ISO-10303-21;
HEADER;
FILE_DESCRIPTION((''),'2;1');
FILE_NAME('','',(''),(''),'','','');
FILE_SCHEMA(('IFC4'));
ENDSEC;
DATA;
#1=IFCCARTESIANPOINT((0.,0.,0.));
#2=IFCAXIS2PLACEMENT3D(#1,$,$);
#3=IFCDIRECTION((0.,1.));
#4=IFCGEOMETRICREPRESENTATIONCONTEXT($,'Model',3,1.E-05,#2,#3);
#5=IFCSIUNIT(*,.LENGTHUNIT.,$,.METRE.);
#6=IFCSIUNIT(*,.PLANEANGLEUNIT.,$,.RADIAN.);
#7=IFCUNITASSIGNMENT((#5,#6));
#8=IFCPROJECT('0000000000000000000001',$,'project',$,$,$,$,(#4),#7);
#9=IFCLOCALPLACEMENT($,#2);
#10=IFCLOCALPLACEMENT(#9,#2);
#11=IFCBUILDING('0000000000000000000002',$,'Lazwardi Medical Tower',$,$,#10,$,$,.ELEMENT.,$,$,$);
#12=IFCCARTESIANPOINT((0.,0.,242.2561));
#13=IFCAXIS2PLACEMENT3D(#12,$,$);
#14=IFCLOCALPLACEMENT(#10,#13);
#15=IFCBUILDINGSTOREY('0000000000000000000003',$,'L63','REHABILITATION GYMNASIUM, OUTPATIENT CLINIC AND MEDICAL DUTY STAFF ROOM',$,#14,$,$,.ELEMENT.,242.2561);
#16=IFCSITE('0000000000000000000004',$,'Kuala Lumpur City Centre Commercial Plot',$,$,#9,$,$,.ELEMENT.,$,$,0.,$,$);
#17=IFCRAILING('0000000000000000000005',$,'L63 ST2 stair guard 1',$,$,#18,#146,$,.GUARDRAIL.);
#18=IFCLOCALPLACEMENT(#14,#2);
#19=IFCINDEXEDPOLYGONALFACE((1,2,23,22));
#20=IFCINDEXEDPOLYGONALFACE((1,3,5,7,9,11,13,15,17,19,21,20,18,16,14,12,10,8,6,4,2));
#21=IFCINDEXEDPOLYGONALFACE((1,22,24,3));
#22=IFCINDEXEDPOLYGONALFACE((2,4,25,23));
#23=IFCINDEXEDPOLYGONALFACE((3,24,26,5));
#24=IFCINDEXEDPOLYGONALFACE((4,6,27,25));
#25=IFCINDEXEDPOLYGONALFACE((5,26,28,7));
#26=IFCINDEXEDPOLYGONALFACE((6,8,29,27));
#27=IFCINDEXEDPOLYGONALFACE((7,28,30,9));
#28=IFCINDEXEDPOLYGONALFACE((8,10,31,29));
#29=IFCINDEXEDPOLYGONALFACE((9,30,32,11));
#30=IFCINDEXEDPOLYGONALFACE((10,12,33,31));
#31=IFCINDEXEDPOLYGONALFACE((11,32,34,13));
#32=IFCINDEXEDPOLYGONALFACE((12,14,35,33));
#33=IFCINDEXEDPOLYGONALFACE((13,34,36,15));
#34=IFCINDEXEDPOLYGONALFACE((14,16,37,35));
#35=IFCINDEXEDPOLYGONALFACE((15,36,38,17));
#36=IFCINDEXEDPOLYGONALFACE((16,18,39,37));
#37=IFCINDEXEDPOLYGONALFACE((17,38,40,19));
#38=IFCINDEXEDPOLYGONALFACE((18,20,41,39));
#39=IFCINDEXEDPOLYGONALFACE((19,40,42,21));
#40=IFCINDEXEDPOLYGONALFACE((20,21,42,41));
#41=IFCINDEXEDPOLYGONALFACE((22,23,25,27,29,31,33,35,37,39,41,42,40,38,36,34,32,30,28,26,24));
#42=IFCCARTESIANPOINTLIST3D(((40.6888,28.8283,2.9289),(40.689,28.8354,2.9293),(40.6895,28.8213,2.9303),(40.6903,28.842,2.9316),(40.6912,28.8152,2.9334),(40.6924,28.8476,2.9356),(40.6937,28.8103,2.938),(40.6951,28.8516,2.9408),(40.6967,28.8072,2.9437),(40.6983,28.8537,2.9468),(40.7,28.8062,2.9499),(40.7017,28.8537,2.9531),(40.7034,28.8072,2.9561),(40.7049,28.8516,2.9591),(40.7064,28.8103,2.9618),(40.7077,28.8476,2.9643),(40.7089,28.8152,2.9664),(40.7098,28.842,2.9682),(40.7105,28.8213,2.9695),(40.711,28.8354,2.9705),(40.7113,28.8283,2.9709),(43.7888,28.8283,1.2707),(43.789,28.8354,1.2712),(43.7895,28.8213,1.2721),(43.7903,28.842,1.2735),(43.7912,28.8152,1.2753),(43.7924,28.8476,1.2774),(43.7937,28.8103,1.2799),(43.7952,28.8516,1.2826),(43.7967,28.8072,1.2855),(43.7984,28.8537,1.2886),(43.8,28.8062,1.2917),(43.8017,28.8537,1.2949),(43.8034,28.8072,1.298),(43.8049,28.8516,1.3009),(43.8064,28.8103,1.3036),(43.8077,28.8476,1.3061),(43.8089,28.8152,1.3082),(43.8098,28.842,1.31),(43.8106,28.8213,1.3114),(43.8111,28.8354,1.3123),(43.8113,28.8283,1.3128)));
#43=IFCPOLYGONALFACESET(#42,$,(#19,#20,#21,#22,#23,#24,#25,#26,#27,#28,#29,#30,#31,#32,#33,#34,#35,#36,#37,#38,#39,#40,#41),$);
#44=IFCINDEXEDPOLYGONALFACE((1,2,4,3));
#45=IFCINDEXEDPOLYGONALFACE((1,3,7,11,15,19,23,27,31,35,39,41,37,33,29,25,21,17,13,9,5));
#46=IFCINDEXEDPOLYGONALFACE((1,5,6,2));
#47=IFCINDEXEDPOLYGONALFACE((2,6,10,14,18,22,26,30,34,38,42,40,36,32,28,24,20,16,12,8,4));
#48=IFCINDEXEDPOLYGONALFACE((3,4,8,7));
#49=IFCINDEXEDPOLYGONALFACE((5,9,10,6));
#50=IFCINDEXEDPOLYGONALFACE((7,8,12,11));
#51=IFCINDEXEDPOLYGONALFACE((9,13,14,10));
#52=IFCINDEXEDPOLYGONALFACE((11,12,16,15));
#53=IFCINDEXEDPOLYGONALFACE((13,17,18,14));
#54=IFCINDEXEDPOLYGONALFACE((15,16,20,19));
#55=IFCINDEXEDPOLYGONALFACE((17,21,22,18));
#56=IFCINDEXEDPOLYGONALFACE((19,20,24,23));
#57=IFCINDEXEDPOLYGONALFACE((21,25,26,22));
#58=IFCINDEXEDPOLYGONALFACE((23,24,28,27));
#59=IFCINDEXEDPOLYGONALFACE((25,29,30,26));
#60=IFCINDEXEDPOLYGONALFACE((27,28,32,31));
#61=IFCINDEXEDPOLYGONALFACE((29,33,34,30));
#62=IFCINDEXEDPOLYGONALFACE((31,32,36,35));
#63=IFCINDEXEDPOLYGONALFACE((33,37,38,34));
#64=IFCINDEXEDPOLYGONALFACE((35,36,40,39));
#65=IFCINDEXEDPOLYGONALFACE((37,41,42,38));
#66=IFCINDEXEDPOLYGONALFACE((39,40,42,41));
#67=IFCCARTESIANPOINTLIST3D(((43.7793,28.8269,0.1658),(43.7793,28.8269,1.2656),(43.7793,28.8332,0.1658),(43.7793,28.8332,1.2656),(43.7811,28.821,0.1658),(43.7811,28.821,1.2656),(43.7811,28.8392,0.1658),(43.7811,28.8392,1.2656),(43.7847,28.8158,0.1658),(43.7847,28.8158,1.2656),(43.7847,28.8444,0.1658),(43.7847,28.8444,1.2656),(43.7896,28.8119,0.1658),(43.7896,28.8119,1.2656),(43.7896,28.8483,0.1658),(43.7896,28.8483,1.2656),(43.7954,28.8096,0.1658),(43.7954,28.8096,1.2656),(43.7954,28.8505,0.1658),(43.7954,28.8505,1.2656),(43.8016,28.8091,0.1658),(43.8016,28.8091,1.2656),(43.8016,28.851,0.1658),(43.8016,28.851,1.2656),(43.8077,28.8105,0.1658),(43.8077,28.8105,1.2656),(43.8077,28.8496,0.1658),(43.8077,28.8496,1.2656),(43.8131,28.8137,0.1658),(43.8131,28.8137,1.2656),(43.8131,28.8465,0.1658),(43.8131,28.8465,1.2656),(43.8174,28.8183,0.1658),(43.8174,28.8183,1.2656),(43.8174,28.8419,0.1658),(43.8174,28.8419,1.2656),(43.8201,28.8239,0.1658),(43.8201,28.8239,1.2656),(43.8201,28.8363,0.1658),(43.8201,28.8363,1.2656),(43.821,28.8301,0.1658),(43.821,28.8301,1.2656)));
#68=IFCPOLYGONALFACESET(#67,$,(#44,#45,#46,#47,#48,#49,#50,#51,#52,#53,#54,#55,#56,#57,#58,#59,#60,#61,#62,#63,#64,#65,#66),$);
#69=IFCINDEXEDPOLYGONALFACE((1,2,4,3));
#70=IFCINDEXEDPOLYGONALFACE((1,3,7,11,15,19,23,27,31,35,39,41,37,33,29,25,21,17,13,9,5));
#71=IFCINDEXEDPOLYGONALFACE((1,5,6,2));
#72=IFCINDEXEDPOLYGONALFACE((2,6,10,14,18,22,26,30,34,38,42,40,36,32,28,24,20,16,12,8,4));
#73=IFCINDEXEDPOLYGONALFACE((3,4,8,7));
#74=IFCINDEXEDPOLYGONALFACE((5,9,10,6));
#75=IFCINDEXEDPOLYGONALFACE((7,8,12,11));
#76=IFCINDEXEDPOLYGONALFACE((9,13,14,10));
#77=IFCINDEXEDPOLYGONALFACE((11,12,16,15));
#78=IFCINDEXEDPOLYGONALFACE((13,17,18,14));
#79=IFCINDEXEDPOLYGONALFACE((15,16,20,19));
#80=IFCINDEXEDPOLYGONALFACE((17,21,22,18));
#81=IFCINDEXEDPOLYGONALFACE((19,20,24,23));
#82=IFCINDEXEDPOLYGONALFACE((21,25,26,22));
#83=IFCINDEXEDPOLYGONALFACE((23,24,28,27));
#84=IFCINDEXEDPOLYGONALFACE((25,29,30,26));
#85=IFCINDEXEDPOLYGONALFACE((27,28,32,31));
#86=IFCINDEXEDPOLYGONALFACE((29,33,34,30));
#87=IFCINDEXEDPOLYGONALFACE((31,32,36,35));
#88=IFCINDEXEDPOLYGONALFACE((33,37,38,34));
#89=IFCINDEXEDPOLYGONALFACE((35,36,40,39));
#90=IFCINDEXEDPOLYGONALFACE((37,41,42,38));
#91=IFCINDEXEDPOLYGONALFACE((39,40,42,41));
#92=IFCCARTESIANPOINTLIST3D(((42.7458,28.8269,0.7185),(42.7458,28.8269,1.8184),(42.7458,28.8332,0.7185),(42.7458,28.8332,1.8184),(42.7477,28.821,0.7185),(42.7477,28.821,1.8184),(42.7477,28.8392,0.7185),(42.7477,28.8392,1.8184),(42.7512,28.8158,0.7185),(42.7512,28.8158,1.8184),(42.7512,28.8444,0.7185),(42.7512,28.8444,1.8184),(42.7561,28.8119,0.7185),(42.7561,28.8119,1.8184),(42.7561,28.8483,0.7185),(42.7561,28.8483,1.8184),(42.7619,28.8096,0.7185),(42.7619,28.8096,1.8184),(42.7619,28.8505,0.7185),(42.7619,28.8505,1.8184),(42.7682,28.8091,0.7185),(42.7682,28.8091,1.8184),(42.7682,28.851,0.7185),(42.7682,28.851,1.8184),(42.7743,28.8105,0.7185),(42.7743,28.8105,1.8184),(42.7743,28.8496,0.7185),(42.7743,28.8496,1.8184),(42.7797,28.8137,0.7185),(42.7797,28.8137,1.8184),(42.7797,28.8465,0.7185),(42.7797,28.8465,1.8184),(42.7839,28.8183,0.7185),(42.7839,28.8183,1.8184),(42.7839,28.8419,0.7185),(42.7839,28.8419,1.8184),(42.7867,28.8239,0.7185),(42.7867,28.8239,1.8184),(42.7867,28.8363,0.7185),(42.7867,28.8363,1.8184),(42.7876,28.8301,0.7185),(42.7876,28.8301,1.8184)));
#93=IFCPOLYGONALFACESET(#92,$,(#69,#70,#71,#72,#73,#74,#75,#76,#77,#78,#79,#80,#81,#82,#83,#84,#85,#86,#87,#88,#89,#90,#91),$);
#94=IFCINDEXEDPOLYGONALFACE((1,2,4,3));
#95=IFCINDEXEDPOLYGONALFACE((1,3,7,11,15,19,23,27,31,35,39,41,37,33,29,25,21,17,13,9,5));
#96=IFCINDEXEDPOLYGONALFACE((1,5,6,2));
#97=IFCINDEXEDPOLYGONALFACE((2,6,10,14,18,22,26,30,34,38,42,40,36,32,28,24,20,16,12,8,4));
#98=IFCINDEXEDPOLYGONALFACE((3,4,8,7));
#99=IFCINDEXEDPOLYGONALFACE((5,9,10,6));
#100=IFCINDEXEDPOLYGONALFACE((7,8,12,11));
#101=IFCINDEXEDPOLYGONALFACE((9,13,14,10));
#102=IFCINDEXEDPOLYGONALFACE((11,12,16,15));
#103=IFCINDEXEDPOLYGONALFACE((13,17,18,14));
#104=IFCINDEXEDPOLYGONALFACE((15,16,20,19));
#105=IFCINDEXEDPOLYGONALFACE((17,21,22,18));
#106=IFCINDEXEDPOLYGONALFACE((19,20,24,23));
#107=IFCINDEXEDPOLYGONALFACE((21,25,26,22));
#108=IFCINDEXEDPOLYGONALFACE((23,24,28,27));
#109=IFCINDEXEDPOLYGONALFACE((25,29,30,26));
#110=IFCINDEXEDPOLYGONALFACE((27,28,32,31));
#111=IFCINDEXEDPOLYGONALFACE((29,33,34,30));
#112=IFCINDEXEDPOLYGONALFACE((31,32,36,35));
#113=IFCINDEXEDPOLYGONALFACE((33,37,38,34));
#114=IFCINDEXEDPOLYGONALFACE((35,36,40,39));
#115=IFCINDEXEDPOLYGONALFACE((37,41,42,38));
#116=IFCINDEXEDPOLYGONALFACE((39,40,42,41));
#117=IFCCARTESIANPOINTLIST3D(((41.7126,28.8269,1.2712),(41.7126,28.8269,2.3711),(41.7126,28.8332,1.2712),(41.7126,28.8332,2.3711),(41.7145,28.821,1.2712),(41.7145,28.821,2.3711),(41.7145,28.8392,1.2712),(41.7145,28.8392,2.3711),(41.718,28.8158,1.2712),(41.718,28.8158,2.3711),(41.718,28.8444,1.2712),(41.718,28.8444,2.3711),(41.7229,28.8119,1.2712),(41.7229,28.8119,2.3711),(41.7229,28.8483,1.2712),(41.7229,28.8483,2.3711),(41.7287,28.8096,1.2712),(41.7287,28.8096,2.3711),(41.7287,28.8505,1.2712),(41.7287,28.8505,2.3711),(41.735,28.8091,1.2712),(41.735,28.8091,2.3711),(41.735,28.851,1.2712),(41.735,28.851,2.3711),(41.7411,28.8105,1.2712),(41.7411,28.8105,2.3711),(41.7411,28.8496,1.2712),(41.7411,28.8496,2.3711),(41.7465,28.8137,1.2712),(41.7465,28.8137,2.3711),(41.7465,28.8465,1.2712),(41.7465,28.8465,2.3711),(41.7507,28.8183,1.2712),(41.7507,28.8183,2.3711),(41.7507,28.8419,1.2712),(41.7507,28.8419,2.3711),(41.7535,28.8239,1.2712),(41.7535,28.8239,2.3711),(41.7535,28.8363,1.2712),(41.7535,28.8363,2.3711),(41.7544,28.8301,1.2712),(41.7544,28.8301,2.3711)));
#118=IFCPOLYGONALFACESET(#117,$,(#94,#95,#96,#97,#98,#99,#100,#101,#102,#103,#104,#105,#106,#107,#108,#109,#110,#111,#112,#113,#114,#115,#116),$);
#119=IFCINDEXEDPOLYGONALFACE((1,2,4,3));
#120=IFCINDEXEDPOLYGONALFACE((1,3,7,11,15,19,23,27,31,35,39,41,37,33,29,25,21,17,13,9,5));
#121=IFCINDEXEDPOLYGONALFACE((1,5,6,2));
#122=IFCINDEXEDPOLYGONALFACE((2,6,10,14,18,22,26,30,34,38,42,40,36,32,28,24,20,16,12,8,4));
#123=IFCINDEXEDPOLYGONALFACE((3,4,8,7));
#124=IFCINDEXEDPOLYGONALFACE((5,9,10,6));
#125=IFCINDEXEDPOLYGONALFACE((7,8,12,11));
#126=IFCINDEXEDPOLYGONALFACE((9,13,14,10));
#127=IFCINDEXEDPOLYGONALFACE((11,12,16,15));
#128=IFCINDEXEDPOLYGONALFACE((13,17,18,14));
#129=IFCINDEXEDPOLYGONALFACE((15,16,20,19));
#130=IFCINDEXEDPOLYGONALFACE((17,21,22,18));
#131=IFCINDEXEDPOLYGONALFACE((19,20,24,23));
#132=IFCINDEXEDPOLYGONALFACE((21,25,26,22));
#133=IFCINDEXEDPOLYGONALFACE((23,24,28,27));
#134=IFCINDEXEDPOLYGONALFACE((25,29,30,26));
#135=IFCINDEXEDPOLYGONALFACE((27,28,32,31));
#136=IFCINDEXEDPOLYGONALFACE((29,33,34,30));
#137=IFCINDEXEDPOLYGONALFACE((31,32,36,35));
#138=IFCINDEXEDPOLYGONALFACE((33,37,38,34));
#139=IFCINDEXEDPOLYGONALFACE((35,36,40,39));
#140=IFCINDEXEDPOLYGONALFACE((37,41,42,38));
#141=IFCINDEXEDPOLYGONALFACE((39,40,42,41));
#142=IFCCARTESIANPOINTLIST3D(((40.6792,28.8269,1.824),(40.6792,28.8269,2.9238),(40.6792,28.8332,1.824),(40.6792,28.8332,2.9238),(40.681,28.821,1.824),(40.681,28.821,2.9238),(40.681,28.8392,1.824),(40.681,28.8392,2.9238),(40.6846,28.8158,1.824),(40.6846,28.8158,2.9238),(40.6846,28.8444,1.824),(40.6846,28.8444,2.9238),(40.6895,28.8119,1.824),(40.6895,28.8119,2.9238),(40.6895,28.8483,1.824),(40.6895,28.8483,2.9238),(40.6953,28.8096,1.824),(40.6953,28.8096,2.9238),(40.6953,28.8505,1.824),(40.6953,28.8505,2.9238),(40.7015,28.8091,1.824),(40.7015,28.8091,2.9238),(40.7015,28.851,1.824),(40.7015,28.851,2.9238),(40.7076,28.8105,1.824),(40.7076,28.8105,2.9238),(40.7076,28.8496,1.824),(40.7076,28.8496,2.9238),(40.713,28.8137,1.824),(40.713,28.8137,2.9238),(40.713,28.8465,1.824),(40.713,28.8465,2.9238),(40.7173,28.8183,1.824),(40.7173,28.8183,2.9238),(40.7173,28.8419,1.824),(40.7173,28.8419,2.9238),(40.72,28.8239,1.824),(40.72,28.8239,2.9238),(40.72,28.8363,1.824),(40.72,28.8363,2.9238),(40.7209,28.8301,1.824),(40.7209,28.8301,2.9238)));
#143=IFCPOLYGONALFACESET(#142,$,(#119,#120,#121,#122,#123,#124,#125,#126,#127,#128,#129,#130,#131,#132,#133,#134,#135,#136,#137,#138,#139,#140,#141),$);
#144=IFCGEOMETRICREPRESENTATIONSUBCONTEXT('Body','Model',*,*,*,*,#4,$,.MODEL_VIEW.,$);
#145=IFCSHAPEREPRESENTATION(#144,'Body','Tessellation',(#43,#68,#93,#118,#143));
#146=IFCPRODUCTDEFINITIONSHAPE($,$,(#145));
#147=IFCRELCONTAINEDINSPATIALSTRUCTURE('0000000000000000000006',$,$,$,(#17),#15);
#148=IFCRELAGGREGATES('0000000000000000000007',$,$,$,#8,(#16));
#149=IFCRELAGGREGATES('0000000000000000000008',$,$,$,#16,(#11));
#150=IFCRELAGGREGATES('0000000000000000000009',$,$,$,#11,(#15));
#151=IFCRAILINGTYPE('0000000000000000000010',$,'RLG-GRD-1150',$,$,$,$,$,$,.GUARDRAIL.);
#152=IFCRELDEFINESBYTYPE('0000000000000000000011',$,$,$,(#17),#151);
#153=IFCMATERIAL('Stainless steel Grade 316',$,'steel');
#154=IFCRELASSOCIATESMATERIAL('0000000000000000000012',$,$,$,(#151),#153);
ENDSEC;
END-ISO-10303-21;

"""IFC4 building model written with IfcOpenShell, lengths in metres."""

from ifc_helpers import new_model, si_unit, direction, frame, origin, origin_2d, place, context, subcontext, project, spatial, circle, extrude, material, type_object, element, save


model = new_model("IFC4")

# Units and contexts
model_context = context("Model", 3, precision=1e-05, world=origin(), true_north=direction((0.0, 1.0)))
body_context = subcontext(model_context, "Body", "Model", "MODEL_VIEW")
ifc_project = project(units=[si_unit("LENGTHUNIT", "METRE"), si_unit("PLANEANGLEUNIT", "RADIAN")], contexts=[model_context])

# Site, building, storey
site_placement = place(None, origin())
site = spatial("IfcSite", under=ifc_project, at=site_placement, Name="Kuala Lumpur City Centre Commercial Plot", CompositionType="ELEMENT", RefElevation=0.0)
building_placement = place(site_placement, origin())
building = spatial("IfcBuilding", under=site, at=building_placement, Name="Lazwardi Medical Tower", CompositionType="ELEMENT")
storey_placement = place(building_placement, frame((0.0, 0.0, 242.2561)))
storey = spatial("IfcBuildingStorey", under=building, at=storey_placement, Name="L63", Description="REHABILITATION GYMNASIUM, OUTPATIENT CLINIC AND MEDICAL DUTY STAFF ROOM", CompositionType="ELEMENT", Elevation=242.2561)

# Railing
ifc_material_1 = material(Name="Stainless steel Grade 316", Category="steel")
railing_type_1 = type_object("IfcRailingType", Name="RLG-GRD-1150", PredefinedType="GUARDRAIL", material=ifc_material_1)
railing_1_placement = place(storey_placement, frame((43.8, 28.8301, 0.1658)))
element("IfcRailing", 1, at=railing_1_placement, inside=storey, type_object=railing_type_1, Name="L63 ST2 stair guard 1", PredefinedType="GUARDRAIL", context=body_context, shape_type="SweptSolid", body=[
    extrude(circle(Radius=0.0239, at=origin_2d()), frame((0.0, 0.0, 1.126), z_axis=(-0.881783, 0.0, 0.471655), x_axis=(0.0, -1.0, 0.0)), (0.0, 0.0, 1.0), 3.5156),
    extrude(circle(Radius=0.021, at=origin_2d()), origin(), (0.0, 0.0, 1.0), 1.0999),
    extrude(circle(Radius=0.021, at=origin_2d()), frame((-1.0334, 0.0, 0.5527)), (0.0, 0.0, 1.0), 1.0999),
    extrude(circle(Radius=0.021, at=origin_2d()), frame((-2.0667, 0.0, 1.1055)), (0.0, 0.0, 1.0), 1.0999),
    extrude(circle(Radius=0.021, at=origin_2d()), frame((-3.1001, 0.0, 1.6582)), (0.0, 0.0, 1.0), 1.0999),
])

save(model, "model.ifc")
